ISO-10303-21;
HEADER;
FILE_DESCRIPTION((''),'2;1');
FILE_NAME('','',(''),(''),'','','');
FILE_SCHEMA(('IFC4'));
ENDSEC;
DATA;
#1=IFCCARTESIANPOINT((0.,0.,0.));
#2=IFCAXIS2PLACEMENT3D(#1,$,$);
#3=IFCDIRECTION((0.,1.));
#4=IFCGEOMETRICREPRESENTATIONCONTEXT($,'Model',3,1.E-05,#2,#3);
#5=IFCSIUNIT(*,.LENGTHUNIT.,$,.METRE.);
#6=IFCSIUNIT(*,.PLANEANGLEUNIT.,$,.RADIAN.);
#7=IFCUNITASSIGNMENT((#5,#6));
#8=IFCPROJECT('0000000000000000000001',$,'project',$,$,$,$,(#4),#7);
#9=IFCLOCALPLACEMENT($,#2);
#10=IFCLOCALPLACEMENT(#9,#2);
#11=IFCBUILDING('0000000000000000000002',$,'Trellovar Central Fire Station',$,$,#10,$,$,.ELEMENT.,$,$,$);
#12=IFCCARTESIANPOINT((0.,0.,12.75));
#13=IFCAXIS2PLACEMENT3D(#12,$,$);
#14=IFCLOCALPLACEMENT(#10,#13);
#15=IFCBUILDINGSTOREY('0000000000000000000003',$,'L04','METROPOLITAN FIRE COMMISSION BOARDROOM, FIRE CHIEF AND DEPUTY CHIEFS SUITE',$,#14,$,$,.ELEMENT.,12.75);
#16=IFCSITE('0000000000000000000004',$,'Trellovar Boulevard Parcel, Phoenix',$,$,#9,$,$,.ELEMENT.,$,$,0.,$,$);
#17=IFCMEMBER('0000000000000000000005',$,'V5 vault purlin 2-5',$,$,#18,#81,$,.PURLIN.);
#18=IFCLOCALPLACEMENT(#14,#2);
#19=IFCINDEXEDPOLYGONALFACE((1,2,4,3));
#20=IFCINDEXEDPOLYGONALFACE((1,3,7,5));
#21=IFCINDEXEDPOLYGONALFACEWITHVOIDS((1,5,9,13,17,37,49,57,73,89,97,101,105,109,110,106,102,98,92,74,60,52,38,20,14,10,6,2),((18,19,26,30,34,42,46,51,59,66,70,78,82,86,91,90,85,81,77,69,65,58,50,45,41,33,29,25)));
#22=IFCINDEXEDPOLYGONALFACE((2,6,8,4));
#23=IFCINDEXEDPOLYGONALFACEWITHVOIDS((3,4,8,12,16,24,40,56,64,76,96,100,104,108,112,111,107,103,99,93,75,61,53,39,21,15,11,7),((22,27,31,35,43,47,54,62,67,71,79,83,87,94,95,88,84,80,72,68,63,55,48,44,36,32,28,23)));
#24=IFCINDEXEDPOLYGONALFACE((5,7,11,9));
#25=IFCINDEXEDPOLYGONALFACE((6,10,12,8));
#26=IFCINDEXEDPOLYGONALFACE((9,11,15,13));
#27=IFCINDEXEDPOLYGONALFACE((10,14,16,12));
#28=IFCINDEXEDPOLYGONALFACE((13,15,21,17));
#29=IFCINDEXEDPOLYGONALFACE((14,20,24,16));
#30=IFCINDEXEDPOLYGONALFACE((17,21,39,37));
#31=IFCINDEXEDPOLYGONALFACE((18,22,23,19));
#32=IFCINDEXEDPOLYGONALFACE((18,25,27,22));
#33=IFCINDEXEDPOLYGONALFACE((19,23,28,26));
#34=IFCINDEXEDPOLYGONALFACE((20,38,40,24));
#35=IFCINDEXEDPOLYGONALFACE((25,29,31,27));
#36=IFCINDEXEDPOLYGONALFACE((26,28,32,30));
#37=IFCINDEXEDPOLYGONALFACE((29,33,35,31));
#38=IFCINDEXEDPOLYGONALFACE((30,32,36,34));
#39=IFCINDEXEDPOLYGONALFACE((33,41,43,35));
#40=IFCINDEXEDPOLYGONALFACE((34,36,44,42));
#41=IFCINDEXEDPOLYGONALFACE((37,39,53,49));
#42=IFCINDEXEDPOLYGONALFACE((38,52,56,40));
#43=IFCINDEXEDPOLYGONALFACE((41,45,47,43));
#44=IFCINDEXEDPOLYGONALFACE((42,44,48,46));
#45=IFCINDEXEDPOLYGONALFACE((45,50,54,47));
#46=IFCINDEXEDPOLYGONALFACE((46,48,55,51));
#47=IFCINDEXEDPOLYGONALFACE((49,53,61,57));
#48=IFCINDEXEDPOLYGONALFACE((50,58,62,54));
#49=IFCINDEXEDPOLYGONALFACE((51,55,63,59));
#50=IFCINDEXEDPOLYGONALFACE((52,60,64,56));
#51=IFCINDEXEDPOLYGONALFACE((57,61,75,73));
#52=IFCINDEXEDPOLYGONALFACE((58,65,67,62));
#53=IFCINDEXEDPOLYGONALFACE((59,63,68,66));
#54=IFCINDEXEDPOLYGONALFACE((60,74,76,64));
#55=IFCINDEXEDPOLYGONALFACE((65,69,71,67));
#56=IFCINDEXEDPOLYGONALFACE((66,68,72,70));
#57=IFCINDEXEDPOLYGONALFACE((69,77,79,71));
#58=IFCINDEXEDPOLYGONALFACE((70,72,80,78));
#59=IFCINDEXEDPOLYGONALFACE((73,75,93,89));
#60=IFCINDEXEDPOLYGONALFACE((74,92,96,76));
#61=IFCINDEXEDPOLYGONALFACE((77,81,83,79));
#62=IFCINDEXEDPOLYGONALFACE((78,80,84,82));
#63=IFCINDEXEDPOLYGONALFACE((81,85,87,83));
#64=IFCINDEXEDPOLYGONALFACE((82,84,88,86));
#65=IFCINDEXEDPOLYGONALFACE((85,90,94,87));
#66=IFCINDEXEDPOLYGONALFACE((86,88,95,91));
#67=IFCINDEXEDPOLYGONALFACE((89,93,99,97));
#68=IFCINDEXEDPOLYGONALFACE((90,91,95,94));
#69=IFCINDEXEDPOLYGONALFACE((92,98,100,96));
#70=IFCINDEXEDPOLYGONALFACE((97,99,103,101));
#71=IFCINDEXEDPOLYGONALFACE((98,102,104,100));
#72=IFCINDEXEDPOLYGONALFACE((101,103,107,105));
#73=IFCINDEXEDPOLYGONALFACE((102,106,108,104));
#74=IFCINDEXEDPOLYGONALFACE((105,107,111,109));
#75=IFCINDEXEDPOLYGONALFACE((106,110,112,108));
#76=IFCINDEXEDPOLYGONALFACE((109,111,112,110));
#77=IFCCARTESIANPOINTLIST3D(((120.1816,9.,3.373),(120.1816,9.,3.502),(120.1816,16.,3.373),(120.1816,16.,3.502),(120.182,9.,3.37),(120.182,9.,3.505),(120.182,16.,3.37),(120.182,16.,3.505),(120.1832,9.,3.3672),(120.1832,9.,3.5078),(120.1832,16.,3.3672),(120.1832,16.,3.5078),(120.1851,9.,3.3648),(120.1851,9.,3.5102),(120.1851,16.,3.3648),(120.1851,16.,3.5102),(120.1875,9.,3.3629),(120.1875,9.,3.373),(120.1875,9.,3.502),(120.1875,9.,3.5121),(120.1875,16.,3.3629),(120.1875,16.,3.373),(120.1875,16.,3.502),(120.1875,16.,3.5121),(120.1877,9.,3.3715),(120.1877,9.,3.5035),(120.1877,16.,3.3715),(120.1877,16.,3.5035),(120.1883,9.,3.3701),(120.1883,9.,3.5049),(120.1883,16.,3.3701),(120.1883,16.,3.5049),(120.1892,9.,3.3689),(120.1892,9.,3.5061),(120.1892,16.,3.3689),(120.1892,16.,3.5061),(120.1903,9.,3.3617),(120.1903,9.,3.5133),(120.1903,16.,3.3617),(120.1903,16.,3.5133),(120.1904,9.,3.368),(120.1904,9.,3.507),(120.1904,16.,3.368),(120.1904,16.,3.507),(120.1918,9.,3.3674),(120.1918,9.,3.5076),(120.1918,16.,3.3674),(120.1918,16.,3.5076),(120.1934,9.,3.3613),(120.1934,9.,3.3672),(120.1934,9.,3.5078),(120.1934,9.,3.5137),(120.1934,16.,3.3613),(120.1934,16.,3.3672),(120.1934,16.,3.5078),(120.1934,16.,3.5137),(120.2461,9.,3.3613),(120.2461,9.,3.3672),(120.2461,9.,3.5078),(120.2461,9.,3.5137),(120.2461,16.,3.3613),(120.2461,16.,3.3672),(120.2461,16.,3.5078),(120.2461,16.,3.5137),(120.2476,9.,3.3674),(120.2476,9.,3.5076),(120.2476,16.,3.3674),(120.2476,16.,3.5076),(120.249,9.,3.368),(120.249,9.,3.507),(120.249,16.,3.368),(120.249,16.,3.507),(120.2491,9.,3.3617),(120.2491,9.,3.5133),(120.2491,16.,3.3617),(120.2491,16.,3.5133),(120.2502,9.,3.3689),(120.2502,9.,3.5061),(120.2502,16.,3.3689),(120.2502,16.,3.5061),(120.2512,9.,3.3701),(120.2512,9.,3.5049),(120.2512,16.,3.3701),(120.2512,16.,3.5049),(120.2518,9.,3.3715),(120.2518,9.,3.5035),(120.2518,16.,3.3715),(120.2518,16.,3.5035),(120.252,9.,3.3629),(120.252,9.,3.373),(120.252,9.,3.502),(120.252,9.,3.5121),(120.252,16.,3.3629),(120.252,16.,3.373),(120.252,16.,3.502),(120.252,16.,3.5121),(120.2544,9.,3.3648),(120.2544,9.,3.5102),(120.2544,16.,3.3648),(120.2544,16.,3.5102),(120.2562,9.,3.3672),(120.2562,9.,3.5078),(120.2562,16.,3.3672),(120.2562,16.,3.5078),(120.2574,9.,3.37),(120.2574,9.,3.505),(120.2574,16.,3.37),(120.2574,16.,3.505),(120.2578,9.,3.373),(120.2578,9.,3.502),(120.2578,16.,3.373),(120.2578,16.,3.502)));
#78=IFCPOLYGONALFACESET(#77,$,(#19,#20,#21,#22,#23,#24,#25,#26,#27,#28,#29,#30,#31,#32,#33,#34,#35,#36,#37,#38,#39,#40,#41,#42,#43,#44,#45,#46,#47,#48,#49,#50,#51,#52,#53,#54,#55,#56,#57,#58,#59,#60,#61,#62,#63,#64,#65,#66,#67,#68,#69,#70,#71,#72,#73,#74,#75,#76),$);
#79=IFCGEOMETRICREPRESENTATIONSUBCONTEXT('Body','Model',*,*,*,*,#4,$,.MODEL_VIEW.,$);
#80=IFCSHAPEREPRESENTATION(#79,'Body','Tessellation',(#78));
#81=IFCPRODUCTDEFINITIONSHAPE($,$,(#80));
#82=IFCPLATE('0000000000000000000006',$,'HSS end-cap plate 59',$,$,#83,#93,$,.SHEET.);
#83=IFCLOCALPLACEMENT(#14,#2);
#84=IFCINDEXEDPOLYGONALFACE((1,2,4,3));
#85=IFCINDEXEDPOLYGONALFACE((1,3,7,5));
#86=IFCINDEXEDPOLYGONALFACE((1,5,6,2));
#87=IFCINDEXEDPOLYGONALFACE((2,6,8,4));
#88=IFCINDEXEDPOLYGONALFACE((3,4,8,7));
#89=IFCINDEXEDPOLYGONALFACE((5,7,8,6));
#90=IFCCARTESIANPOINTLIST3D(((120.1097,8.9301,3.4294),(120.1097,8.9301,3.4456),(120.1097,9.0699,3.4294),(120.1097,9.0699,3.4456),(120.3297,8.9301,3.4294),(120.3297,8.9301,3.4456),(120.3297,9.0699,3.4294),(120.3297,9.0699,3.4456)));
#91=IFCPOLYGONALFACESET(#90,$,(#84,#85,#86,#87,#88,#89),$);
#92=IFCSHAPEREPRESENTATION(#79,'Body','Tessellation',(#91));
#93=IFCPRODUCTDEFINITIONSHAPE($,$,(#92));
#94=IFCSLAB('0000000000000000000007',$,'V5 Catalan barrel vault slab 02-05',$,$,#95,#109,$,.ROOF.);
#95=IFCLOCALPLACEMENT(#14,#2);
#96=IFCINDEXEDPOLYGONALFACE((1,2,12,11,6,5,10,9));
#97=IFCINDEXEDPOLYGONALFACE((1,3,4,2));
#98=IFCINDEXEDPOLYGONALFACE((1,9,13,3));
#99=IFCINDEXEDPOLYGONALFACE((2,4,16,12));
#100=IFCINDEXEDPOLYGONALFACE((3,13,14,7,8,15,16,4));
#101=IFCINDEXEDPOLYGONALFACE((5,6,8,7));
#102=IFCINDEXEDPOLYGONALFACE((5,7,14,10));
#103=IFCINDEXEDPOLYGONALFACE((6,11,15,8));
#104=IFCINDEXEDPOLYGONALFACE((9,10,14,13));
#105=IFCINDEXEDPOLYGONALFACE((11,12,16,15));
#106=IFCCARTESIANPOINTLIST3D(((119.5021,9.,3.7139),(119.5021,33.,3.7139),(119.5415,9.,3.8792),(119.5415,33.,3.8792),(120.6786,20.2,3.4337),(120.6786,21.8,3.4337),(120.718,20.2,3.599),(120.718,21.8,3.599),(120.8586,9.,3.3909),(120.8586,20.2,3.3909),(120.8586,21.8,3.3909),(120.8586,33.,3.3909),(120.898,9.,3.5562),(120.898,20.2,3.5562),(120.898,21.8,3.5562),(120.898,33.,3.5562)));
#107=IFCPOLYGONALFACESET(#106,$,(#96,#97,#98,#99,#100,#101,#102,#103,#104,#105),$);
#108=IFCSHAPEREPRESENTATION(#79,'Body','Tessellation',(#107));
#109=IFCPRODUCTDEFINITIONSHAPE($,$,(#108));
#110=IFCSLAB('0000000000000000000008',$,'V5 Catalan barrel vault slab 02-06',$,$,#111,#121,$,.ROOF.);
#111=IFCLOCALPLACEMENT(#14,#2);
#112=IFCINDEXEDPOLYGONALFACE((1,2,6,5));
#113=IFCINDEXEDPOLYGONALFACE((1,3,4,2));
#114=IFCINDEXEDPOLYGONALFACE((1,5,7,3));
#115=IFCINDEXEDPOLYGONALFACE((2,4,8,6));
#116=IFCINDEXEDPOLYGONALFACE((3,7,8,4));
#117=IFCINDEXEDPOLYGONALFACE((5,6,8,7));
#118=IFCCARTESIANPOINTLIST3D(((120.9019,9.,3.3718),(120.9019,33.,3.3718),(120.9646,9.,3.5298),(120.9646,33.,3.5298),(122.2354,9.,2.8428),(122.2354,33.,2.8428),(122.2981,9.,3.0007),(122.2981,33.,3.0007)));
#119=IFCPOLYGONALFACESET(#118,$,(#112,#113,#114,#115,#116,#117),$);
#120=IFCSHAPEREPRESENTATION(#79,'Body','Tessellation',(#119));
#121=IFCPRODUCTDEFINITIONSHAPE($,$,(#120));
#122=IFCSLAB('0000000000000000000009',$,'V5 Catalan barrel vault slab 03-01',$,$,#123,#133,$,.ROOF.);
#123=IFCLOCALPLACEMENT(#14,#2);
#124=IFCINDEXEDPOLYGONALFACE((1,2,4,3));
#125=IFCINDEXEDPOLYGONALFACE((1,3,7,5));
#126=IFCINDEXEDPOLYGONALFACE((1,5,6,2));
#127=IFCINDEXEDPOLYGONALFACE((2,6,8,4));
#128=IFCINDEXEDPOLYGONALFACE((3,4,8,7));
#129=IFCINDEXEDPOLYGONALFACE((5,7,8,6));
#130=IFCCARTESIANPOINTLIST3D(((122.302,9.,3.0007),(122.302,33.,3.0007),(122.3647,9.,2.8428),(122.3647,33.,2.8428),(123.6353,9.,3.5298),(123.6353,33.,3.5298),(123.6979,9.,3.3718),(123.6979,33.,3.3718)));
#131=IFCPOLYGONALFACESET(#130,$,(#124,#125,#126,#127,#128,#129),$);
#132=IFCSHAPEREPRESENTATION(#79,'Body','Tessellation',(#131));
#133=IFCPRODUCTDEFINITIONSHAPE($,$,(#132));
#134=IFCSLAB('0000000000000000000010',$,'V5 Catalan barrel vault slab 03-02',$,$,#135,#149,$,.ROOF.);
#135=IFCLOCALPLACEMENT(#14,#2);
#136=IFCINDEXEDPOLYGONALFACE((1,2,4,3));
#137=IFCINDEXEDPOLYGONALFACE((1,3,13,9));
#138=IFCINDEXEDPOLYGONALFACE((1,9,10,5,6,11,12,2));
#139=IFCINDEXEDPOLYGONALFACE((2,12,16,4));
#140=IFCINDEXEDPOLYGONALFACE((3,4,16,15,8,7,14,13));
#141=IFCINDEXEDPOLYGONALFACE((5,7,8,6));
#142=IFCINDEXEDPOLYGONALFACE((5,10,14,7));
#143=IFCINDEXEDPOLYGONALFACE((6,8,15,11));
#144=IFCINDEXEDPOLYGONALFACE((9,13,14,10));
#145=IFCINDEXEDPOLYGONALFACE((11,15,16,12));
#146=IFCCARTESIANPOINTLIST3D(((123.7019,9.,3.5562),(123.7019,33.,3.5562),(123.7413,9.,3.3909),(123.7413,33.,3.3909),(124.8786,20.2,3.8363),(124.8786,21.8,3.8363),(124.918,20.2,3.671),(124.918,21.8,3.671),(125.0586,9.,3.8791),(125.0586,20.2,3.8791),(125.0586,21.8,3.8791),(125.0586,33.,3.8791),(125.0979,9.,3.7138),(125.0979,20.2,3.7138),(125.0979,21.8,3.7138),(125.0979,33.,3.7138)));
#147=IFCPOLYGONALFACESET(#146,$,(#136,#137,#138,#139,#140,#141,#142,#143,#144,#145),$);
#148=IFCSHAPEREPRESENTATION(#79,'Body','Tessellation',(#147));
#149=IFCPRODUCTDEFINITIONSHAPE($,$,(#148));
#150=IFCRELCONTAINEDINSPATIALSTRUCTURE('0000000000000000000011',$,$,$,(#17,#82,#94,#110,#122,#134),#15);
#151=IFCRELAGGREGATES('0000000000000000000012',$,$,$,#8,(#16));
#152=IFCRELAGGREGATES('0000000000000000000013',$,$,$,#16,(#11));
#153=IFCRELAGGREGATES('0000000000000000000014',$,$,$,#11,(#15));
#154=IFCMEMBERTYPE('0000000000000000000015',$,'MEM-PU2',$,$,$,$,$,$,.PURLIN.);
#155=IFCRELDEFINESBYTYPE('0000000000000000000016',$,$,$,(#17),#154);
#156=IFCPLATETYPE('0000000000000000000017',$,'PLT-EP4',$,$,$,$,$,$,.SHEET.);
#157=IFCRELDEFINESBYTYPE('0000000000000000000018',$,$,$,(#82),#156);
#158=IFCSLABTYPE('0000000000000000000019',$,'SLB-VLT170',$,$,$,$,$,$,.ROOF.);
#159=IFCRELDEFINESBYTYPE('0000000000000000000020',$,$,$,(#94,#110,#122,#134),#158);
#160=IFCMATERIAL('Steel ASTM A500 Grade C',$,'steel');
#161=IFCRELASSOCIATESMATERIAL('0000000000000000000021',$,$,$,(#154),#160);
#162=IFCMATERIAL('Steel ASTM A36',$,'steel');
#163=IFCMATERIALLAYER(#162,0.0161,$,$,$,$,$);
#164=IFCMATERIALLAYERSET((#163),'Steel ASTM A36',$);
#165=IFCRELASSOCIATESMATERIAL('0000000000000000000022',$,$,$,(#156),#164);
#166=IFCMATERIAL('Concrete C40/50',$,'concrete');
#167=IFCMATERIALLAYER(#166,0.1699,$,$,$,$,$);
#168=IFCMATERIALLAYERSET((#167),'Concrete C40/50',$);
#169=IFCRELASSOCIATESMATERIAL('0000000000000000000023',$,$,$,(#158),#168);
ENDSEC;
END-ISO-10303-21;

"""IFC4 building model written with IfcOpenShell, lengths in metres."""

from ifc_helpers import new_model, si_unit, direction, frame, origin, origin_2d, place, context, subcontext, project, spatial, polyline, rectangle, hollow_rectangle, outline, extrude, material, layer, layer_set, material_profile, profile_set, type_object, element, save


model = new_model("IFC4")

# Units and contexts
model_context = context("Model", 3, precision=1e-05, world=origin(), true_north=direction((0.0, 1.0)))
body_context = subcontext(model_context, "Body", "Model", "MODEL_VIEW")
ifc_project = project(units=[si_unit("LENGTHUNIT", "METRE"), si_unit("PLANEANGLEUNIT", "RADIAN")], contexts=[model_context])

# Site, building, storey
site_placement = place(None, origin())
site = spatial("IfcSite", under=ifc_project, at=site_placement, Name="Trellovar Boulevard Parcel, Phoenix", CompositionType="ELEMENT", RefElevation=0.0)
building_placement = place(site_placement, origin())
building = spatial("IfcBuilding", under=site, at=building_placement, Name="Trellovar Central Fire Station", CompositionType="ELEMENT")
storey_placement = place(building_placement, frame((0.0, 0.0, 12.75)))
storey = spatial("IfcBuildingStorey", under=building, at=storey_placement, Name="L04", Description="METROPOLITAN FIRE COMMISSION BOARDROOM, FIRE CHIEF AND DEPUTY CHIEFS SUITE", CompositionType="ELEMENT", Elevation=12.75)

# Member
ifc_material_1 = material(Name="Steel ASTM A500 Grade C", Category="steel")
ifc_material_profile_1 = material_profile(ifc_material_1, hollow_rectangle(XDim=0.0762, YDim=0.1523, WallThickness=0.0059, InnerFilletRadius=0.0059, OuterFilletRadius=0.0117, at=origin_2d()), Name="HSS6X3X1/4")
ifc_profile_set_1 = profile_set([ifc_material_profile_1], Name="Steel ASTM A500 Grade C")
member_type_1 = type_object("IfcMemberType", Name="MEM-PU2", PredefinedType="PURLIN", material=ifc_profile_set_1)
member_1_placement = place(storey_placement, frame((120.2197, 9.0, 3.4375), z_axis=(0.0, 1.0, 0.0), x_axis=(-1.0, 0.0, 0.0)))
element("IfcMember", 1, at=member_1_placement, inside=storey, type_object=member_type_1, Name="V5 vault purlin 2-5", PredefinedType="PURLIN", context=body_context, shape_type="SweptSolid", body=[
    extrude(hollow_rectangle(XDim=0.0762, YDim=0.1523, WallThickness=0.0059, InnerFilletRadius=0.0059, OuterFilletRadius=0.0117, at=origin_2d()), origin(), (0.0, 0.0, 1.0), 7.0),
])

# Plate
ifc_material_2 = material(Name="Steel ASTM A36", Category="steel")
ifc_layer_1 = layer(ifc_material_2, 0.0161)
ifc_layer_set_1 = layer_set([ifc_layer_1], Name="Steel ASTM A36")
plate_type = type_object("IfcPlateType", Name="PLT-EP4", PredefinedType="SHEET", material=ifc_layer_set_1)
plate_placement = place(storey_placement, frame((120.2197, 9.0, 3.4294), z_axis=(0.0, 0.0, 1.0), x_axis=(1.0, 0.0, 0.0)))
element("IfcPlate", 2, at=plate_placement, inside=storey, type_object=plate_type, Name="HSS end-cap plate 59", PredefinedType="SHEET", context=body_context, shape_type="SweptSolid", body=[
    extrude(rectangle(XDim=0.22, YDim=0.1399, at=origin_2d()), origin(), (0.0, 0.0, 1.0), 0.0161),
])

# Slabs
ifc_material_3 = material(Name="Concrete C40/50", Category="concrete")
ifc_layer_2 = layer(ifc_material_3, 0.1699)
ifc_layer_set_2 = layer_set([ifc_layer_2], Name="Concrete C40/50")
slab_type = type_object("IfcSlabType", Name="SLB-VLT170", PredefinedType="ROOF", material=ifc_layer_set_2)
slab_1_placement = place(storey_placement, frame((119.5415, 9.0, 3.8792), z_axis=(0.231639, 0.0, 0.972802), x_axis=(0.972802, 0.0, -0.231639)))
element("IfcSlab", 3, at=slab_1_placement, inside=storey, type_object=slab_type, Name="V5 Catalan barrel vault slab 02-05", PredefinedType="ROOF", context=body_context, shape_type="SweptSolid", body=[
    extrude(outline(polyline([(0.0, 0.0), (1.3944, 0.0), (1.3944, 11.2), (1.2094, 11.2), (1.2094, 12.8), (1.3944, 12.8), (1.3944, 24.0), (0.0, 24.0), (0.0, 0.0)])), origin(), (0.0, 0.0, -1.0), 0.1699),
])
slab_2_placement = place(storey_placement, frame((120.9646, 9.0, 3.5298), z_axis=(0.368778, 0.0, 0.929518), x_axis=(0.929518, 0.0, -0.368778)))
element("IfcSlab", 4, at=slab_2_placement, inside=storey, type_object=slab_type, Name="V5 Catalan barrel vault slab 02-06", PredefinedType="ROOF", context=body_context, shape_type="SweptSolid", body=[
    extrude(outline(polyline([(0.0, 0.0), (1.4346, 0.0), (1.4346, 24.0), (0.0, 24.0), (0.0, 0.0)])), origin(), (0.0, 0.0, -1.0), 0.1699),
])
slab_3_placement = place(storey_placement, frame((122.302, 9.0, 3.0007), z_axis=(-0.368836, 0.0, 0.929494), x_axis=(0.929494, 0.0, 0.368836)))
element("IfcSlab", 5, at=slab_3_placement, inside=storey, type_object=slab_type, Name="V5 Catalan barrel vault slab 03-01", PredefinedType="ROOF", context=body_context, shape_type="SweptSolid", body=[
    extrude(outline(polyline([(0.0, 0.0), (1.4344, 0.0), (1.4344, 24.0), (0.0, 24.0), (0.0, 0.0)])), origin(), (0.0, 0.0, -1.0), 0.1699),
])
slab_4_placement = place(storey_placement, frame((123.7019, 9.0, 3.5562), z_axis=(-0.231599, 0.0, 0.972811), x_axis=(0.972811, 0.0, 0.231599)))
element("IfcSlab", 6, at=slab_4_placement, inside=storey, type_object=slab_type, Name="V5 Catalan barrel vault slab 03-02", PredefinedType="ROOF", context=body_context, shape_type="SweptSolid", body=[
    extrude(outline(polyline([(0.0, 0.0), (1.3946, 0.0), (1.3946, 11.2), (1.2096, 11.2), (1.2096, 12.8), (1.3946, 12.8), (1.3946, 24.0), (0.0, 24.0), (0.0, 0.0)])), origin(), (0.0, 0.0, -1.0), 0.1699),
])

save(model, "model.ifc")
